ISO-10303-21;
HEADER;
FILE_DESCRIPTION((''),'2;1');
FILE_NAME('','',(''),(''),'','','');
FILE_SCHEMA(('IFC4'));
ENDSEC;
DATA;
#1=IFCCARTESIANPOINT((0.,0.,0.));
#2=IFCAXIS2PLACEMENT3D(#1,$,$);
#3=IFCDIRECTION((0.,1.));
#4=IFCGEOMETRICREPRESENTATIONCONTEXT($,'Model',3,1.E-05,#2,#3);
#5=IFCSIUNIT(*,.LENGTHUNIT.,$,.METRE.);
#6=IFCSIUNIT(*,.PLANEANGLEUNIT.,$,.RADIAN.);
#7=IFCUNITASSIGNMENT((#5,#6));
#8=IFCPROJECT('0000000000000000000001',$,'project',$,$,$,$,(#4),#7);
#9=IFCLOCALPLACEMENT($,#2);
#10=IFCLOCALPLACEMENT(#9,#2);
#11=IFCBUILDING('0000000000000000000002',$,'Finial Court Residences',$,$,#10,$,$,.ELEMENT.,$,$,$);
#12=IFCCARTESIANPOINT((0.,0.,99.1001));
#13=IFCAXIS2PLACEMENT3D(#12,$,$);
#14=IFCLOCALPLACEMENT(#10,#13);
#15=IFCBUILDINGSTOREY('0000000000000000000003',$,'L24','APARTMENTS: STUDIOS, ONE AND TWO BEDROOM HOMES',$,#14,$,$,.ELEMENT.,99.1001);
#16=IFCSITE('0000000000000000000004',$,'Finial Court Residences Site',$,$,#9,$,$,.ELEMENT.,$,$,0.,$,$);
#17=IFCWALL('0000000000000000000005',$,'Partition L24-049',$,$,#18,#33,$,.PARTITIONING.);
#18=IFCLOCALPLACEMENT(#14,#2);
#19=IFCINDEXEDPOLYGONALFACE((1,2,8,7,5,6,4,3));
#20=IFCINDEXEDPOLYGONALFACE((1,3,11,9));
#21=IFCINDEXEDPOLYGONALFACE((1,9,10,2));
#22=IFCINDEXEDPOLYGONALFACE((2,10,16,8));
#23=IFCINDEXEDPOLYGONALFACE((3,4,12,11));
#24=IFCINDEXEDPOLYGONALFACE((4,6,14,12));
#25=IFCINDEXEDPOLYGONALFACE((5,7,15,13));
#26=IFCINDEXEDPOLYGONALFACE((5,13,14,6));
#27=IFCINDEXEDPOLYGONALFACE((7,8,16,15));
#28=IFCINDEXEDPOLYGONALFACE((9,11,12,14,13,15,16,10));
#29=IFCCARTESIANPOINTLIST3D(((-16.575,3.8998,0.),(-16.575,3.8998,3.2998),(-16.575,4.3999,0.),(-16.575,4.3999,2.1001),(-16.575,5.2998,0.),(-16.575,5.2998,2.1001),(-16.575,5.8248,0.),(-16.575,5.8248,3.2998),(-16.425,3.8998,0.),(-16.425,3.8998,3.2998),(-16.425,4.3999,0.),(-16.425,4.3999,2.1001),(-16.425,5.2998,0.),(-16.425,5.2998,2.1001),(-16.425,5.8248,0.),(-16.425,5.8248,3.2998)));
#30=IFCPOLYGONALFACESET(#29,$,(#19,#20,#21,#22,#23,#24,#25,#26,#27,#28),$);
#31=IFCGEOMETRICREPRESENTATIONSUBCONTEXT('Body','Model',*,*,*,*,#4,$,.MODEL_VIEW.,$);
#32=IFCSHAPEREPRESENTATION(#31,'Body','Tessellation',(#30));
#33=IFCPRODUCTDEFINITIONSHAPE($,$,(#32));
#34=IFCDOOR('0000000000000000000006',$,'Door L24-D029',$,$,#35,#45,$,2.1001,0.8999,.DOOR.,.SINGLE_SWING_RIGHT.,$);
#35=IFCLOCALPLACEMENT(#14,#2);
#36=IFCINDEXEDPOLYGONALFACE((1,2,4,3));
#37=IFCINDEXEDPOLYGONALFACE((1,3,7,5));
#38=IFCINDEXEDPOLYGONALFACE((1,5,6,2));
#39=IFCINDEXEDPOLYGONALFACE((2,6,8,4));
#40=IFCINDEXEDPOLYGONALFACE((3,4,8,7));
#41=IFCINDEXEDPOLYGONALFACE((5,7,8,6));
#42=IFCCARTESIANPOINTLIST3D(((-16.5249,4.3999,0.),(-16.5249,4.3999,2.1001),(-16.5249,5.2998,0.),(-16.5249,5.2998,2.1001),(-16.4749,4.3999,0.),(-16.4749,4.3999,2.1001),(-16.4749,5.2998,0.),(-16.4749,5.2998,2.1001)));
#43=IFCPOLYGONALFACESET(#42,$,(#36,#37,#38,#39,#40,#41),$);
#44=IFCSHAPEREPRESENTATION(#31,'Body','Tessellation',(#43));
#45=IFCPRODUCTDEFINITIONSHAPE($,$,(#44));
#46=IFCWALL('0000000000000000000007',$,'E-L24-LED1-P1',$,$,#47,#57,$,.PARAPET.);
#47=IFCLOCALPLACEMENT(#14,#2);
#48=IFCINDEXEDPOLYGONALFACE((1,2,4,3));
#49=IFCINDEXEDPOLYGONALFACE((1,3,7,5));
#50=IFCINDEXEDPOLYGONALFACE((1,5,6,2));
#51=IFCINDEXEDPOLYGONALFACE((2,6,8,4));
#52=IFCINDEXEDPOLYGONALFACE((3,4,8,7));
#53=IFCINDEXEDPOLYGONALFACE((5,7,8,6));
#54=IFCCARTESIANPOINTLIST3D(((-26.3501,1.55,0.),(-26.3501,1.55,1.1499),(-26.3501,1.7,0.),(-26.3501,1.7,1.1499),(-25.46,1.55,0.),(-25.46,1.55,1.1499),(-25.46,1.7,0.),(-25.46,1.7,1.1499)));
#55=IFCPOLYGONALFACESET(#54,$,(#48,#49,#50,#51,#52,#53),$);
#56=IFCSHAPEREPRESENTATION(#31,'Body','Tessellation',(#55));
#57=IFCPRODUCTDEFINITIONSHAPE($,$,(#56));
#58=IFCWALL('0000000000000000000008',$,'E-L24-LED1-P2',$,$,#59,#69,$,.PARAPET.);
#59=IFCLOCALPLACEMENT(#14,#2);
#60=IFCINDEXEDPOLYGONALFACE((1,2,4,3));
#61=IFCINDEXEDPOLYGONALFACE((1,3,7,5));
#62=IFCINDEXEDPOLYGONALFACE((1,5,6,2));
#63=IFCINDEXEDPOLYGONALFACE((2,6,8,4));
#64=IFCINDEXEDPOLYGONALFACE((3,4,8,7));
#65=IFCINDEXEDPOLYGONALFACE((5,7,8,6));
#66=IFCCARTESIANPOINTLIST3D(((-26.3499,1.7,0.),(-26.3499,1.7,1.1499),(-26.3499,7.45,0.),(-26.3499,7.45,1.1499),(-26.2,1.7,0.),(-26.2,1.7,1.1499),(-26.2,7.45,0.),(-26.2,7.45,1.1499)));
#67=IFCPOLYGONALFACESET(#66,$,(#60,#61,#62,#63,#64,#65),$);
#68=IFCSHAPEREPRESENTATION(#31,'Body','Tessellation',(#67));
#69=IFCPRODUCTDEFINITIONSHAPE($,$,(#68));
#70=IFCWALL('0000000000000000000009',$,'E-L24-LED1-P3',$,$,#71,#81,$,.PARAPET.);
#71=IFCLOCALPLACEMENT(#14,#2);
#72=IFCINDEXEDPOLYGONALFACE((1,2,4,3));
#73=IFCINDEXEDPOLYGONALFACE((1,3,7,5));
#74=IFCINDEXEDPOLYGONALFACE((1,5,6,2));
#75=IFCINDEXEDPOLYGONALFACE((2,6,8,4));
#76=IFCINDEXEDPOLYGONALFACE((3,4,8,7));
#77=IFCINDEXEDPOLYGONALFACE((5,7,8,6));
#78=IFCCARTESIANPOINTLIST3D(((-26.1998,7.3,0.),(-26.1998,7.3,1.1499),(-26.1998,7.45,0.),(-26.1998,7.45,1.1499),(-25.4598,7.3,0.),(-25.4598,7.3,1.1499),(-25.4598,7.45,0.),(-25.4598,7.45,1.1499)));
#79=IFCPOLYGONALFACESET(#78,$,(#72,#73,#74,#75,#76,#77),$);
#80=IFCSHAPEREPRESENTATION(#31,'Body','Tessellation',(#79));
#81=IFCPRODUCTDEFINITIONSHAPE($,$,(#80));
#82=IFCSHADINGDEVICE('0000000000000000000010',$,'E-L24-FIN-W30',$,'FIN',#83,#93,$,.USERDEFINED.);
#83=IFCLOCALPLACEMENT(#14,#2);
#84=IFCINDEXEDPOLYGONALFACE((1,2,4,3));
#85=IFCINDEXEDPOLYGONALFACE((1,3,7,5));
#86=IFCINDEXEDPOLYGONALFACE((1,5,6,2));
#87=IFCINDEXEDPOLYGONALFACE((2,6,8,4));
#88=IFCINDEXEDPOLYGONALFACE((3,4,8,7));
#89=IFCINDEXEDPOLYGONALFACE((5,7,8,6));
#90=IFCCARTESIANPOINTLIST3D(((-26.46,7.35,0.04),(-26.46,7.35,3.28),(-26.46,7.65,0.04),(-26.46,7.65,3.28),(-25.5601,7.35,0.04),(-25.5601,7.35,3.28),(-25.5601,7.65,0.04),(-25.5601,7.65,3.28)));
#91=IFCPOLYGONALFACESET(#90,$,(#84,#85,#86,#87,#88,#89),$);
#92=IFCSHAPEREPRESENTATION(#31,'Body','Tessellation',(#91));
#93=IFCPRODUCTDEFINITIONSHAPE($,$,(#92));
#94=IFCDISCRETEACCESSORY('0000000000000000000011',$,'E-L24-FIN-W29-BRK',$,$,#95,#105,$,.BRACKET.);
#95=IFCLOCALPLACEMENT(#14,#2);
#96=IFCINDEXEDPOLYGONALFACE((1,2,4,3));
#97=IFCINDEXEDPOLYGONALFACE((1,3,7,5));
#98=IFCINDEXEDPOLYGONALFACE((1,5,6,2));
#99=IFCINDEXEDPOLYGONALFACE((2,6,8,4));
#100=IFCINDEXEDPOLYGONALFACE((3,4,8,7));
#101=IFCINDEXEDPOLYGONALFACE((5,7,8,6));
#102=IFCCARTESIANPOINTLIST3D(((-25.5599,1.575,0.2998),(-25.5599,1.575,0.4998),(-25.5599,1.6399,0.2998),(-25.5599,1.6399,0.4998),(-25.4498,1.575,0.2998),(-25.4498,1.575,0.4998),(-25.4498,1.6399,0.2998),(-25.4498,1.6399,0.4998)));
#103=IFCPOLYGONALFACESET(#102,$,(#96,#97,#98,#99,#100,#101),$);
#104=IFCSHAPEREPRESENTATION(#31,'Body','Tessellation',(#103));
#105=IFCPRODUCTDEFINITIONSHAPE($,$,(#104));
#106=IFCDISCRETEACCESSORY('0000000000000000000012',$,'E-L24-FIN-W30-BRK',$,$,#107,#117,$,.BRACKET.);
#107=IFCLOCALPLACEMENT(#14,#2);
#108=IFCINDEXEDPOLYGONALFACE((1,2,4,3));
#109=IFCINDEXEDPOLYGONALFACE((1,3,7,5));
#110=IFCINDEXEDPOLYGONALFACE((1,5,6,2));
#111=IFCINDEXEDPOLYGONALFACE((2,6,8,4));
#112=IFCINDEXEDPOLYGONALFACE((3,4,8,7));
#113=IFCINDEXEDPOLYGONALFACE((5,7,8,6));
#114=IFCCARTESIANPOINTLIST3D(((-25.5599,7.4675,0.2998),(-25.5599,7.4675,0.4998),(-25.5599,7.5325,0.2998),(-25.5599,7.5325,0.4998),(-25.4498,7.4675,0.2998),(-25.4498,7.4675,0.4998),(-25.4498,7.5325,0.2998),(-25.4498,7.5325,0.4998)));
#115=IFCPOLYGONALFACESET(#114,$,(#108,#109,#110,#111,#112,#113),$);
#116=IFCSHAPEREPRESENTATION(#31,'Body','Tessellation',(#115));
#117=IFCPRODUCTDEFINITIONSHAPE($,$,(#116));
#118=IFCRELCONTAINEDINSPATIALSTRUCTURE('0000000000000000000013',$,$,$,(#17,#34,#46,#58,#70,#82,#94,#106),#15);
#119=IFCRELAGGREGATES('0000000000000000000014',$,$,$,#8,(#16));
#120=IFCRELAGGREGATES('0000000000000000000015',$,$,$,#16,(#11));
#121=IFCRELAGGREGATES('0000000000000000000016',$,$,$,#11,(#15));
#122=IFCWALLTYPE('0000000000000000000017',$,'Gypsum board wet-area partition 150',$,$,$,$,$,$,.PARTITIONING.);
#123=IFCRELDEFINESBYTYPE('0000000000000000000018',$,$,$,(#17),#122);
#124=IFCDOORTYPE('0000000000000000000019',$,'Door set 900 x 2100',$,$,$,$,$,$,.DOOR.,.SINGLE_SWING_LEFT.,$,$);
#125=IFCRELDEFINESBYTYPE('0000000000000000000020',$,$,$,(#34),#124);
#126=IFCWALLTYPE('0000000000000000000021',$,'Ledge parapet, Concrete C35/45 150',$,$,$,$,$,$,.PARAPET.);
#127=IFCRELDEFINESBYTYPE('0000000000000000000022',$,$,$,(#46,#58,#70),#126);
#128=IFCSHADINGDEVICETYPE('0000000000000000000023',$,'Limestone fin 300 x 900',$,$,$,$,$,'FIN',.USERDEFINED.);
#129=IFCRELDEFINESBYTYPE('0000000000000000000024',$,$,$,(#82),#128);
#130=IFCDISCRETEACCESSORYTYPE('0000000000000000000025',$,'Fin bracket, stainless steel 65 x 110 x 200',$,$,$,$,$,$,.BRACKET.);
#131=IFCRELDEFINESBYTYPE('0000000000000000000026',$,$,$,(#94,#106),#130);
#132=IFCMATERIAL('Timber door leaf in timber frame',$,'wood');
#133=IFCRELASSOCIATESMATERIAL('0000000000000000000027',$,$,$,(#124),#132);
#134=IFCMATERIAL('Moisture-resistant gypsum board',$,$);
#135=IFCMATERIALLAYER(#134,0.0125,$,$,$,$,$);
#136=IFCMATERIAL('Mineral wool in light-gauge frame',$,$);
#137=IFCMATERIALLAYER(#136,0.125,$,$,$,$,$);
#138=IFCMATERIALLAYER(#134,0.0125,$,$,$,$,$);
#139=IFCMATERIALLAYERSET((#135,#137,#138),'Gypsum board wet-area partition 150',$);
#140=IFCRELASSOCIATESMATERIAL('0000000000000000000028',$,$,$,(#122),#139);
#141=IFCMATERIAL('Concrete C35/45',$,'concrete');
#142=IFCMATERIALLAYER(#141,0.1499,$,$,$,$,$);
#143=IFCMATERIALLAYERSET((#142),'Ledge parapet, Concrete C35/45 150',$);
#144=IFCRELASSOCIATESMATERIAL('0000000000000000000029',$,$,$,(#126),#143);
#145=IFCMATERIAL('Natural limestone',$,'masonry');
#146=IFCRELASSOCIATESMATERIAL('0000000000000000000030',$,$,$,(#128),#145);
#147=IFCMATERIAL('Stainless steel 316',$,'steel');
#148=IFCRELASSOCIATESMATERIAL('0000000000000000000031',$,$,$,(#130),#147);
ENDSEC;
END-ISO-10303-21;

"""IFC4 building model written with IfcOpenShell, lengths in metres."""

from ifc_helpers import new_model, si_unit, direction, frame, frame_2d, origin, origin_2d, place, context, subcontext, project, spatial, rectangle, extrude, material, layer, layer_set, type_object, element, fill, save


model = new_model("IFC4")

# Units and contexts
model_context = context("Model", 3, precision=1e-05, world=origin(), true_north=direction((0.0, 1.0)))
body_context = subcontext(model_context, "Body", "Model", "MODEL_VIEW")
ifc_project = project(units=[si_unit("LENGTHUNIT", "METRE"), si_unit("PLANEANGLEUNIT", "RADIAN")], contexts=[model_context])

# Site, building, storey
site_placement = place(None, origin())
site = spatial("IfcSite", under=ifc_project, at=site_placement, Name="Finial Court Residences Site", CompositionType="ELEMENT", RefElevation=0.0)
building_placement = place(site_placement, origin())
building = spatial("IfcBuilding", under=site, at=building_placement, Name="Finial Court Residences", CompositionType="ELEMENT")
storey_placement = place(building_placement, frame((0.0, 0.0, 99.1001)))
storey = spatial("IfcBuildingStorey", under=building, at=storey_placement, Name="L24", Description="APARTMENTS: STUDIOS, ONE AND TWO BEDROOM HOMES", CompositionType="ELEMENT", Elevation=99.1001)

# Shared definitions
ifc_material_1 = material(Name="Mineral wool in light-gauge frame")
ifc_material_2 = material(Name="Timber door leaf in timber frame", Category="wood")
door_type_1 = type_object("IfcDoorType", Name="Door set 900 x 2100", OperationType="SINGLE_SWING_LEFT", PredefinedType="DOOR", material=ifc_material_2)

# Shared definitions
ifc_material_3 = material(Name="Moisture-resistant gypsum board")
ifc_layer_1 = layer(ifc_material_3, 0.0125)
ifc_layer_2 = layer(ifc_material_1, 0.125)
ifc_layer_3 = layer(ifc_material_3, 0.0125)
ifc_layer_set_1 = layer_set([ifc_layer_1, ifc_layer_2, ifc_layer_3], Name="Gypsum board wet-area partition 150")
wall_type_1 = type_object("IfcWallType", Name="Gypsum board wet-area partition 150", PredefinedType="PARTITIONING", material=ifc_layer_set_1)

# Wall, opening, door
wall_1_placement = place(storey_placement, frame((-16.5, 3.8999, 0.0), z_axis=(0.0, 0.0, 1.0), x_axis=(0.0, 1.0, 0.0)))
wall_1 = element("IfcWall", 1, at=wall_1_placement, inside=storey, type_object=wall_type_1, Name="Partition L24-049", PredefinedType="PARTITIONING", context=body_context, shape_type="SweptSolid", body=[
    extrude(rectangle(XDim=1.925, YDim=0.1499, at=frame_2d((0.9624, 0.0))), origin(), (0.0, 0.0, 1.0), 3.2998),
])
opening_1_placement = place(wall_1_placement, frame((0.5, 0.0, 0.0)))
opening_1 = element("IfcOpeningElement", 2, at=opening_1_placement, cuts=wall_1, PredefinedType="OPENING", context=body_context, shape_type="SweptSolid", body=[
    extrude(rectangle(XDim=0.8999, YDim=2.1001, at=frame_2d((0.45, 1.05))), frame((0.0, 0.085, 0.0), z_axis=(0.0, -1.0, 0.0), x_axis=(1.0, 0.0, 0.0)), (0.0, 0.0, 1.0), 0.1699),
])
door_1_placement = place(opening_1_placement, origin())
door_1 = element("IfcDoor", 3, at=door_1_placement, inside=storey, type_object=door_type_1, Name="Door L24-D029", OperationType="SINGLE_SWING_RIGHT", OverallHeight=2.1001, OverallWidth=0.8999, PredefinedType="DOOR", context=body_context, shape_type="SweptSolid", body=[
    extrude(rectangle(XDim=0.8999, YDim=2.1001, at=frame_2d((0.45, 1.05))), frame((0.0, 0.0249, 0.0), z_axis=(0.0, -1.0, 0.0), x_axis=(1.0, 0.0, 0.0)), (0.0, 0.0, 1.0), 0.05),
])
fill(opening_1, door_1)

# Walls
ifc_material_4 = material(Name="Concrete C35/45", Category="concrete")
ifc_layer_4 = layer(ifc_material_4, 0.1499)
ifc_layer_set_2 = layer_set([ifc_layer_4], Name="Ledge parapet, Concrete C35/45 150")
wall_type_2 = type_object("IfcWallType", Name="Ledge parapet, Concrete C35/45 150", PredefinedType="PARAPET", material=ifc_layer_set_2)
wall_2_placement = place(storey_placement, frame((-25.46, 1.625, 0.0), z_axis=(0.0, 0.0, 1.0), x_axis=(-1.0, 0.0, 0.0)))
element("IfcWall", 4, at=wall_2_placement, inside=storey, type_object=wall_type_2, Name="E-L24-LED1-P1", PredefinedType="PARAPET", context=body_context, shape_type="SweptSolid", body=[
    extrude(rectangle(XDim=0.8901, YDim=0.1499, at=frame_2d((0.4451, 0.0))), origin(), (0.0, 0.0, 1.0), 1.1499),
])
wall_3_placement = place(storey_placement, frame((-26.2749, 1.7, 0.0), z_axis=(0.0, 0.0, 1.0), x_axis=(0.0, 1.0, 0.0)))
element("IfcWall", 5, at=wall_3_placement, inside=storey, type_object=wall_type_2, Name="E-L24-LED1-P2", PredefinedType="PARAPET", context=body_context, shape_type="SweptSolid", body=[
    extrude(rectangle(XDim=5.75, YDim=0.1499, at=frame_2d((2.875, 0.0))), origin(), (0.0, 0.0, 1.0), 1.1499),
])
wall_4_placement = place(storey_placement, frame((-26.2, 7.375, 0.0), z_axis=(0.0, 0.0, 1.0), x_axis=(1.0, 0.0, 0.0)))
element("IfcWall", 6, at=wall_4_placement, inside=storey, type_object=wall_type_2, Name="E-L24-LED1-P3", PredefinedType="PARAPET", context=body_context, shape_type="SweptSolid", body=[
    extrude(rectangle(XDim=0.74, YDim=0.1499, at=frame_2d((0.3701, 0.0))), origin(), (0.0, 0.0, 1.0), 1.1499),
])

# Shading device
ifc_material_5 = material(Name="Natural limestone", Category="masonry")
shading_device_type = type_object("IfcShadingDeviceType", Name="Limestone fin 300 x 900", ElementType="FIN", PredefinedType="USERDEFINED", material=ifc_material_5)
shading_device_placement = place(storey_placement, frame((-26.01, 7.5, 0.04), z_axis=(0.0, 0.0, 1.0), x_axis=(1.0, 0.0, 0.0)))
element("IfcShadingDevice", 7, at=shading_device_placement, inside=storey, type_object=shading_device_type, Name="E-L24-FIN-W30", ObjectType="FIN", PredefinedType="USERDEFINED", context=body_context, shape_type="SweptSolid", body=[
    extrude(rectangle(XDim=0.8999, YDim=0.3, at=origin_2d()), origin(), (0.0, 0.0, 1.0), 3.24),
])

# Discrete accessories
ifc_material_6 = material(Name="Stainless steel 316", Category="steel")
discrete_accessory_type = type_object("IfcDiscreteAccessoryType", Name="Fin bracket, stainless steel 65 x 110 x 200", PredefinedType="BRACKET", material=ifc_material_6)
for number, where, z_axis, x_axis, name in (
    (8, (-25.5049, 1.6074, 0.2998), (0.0, 0.0, 1.0), (1.0, 0.0, 0.0), "E-L24-FIN-W29-BRK"),
    (9, (-25.5049, 7.5, 0.2998), (0.0, 0.0, 1.0), (1.0, 0.0, 0.0), "E-L24-FIN-W30-BRK"),
):
    element("IfcDiscreteAccessory", number, at=place(storey_placement, frame(where, z_axis=z_axis, x_axis=x_axis)), inside=storey, type_object=discrete_accessory_type, Name=name, PredefinedType="BRACKET", context=body_context, shape_type="SweptSolid", body=[
        extrude(rectangle(XDim=0.1101, YDim=0.0649, at=origin_2d()), origin(), (0.0, 0.0, 1.0), 0.2),
    ])

save(model, "model.ifc")
